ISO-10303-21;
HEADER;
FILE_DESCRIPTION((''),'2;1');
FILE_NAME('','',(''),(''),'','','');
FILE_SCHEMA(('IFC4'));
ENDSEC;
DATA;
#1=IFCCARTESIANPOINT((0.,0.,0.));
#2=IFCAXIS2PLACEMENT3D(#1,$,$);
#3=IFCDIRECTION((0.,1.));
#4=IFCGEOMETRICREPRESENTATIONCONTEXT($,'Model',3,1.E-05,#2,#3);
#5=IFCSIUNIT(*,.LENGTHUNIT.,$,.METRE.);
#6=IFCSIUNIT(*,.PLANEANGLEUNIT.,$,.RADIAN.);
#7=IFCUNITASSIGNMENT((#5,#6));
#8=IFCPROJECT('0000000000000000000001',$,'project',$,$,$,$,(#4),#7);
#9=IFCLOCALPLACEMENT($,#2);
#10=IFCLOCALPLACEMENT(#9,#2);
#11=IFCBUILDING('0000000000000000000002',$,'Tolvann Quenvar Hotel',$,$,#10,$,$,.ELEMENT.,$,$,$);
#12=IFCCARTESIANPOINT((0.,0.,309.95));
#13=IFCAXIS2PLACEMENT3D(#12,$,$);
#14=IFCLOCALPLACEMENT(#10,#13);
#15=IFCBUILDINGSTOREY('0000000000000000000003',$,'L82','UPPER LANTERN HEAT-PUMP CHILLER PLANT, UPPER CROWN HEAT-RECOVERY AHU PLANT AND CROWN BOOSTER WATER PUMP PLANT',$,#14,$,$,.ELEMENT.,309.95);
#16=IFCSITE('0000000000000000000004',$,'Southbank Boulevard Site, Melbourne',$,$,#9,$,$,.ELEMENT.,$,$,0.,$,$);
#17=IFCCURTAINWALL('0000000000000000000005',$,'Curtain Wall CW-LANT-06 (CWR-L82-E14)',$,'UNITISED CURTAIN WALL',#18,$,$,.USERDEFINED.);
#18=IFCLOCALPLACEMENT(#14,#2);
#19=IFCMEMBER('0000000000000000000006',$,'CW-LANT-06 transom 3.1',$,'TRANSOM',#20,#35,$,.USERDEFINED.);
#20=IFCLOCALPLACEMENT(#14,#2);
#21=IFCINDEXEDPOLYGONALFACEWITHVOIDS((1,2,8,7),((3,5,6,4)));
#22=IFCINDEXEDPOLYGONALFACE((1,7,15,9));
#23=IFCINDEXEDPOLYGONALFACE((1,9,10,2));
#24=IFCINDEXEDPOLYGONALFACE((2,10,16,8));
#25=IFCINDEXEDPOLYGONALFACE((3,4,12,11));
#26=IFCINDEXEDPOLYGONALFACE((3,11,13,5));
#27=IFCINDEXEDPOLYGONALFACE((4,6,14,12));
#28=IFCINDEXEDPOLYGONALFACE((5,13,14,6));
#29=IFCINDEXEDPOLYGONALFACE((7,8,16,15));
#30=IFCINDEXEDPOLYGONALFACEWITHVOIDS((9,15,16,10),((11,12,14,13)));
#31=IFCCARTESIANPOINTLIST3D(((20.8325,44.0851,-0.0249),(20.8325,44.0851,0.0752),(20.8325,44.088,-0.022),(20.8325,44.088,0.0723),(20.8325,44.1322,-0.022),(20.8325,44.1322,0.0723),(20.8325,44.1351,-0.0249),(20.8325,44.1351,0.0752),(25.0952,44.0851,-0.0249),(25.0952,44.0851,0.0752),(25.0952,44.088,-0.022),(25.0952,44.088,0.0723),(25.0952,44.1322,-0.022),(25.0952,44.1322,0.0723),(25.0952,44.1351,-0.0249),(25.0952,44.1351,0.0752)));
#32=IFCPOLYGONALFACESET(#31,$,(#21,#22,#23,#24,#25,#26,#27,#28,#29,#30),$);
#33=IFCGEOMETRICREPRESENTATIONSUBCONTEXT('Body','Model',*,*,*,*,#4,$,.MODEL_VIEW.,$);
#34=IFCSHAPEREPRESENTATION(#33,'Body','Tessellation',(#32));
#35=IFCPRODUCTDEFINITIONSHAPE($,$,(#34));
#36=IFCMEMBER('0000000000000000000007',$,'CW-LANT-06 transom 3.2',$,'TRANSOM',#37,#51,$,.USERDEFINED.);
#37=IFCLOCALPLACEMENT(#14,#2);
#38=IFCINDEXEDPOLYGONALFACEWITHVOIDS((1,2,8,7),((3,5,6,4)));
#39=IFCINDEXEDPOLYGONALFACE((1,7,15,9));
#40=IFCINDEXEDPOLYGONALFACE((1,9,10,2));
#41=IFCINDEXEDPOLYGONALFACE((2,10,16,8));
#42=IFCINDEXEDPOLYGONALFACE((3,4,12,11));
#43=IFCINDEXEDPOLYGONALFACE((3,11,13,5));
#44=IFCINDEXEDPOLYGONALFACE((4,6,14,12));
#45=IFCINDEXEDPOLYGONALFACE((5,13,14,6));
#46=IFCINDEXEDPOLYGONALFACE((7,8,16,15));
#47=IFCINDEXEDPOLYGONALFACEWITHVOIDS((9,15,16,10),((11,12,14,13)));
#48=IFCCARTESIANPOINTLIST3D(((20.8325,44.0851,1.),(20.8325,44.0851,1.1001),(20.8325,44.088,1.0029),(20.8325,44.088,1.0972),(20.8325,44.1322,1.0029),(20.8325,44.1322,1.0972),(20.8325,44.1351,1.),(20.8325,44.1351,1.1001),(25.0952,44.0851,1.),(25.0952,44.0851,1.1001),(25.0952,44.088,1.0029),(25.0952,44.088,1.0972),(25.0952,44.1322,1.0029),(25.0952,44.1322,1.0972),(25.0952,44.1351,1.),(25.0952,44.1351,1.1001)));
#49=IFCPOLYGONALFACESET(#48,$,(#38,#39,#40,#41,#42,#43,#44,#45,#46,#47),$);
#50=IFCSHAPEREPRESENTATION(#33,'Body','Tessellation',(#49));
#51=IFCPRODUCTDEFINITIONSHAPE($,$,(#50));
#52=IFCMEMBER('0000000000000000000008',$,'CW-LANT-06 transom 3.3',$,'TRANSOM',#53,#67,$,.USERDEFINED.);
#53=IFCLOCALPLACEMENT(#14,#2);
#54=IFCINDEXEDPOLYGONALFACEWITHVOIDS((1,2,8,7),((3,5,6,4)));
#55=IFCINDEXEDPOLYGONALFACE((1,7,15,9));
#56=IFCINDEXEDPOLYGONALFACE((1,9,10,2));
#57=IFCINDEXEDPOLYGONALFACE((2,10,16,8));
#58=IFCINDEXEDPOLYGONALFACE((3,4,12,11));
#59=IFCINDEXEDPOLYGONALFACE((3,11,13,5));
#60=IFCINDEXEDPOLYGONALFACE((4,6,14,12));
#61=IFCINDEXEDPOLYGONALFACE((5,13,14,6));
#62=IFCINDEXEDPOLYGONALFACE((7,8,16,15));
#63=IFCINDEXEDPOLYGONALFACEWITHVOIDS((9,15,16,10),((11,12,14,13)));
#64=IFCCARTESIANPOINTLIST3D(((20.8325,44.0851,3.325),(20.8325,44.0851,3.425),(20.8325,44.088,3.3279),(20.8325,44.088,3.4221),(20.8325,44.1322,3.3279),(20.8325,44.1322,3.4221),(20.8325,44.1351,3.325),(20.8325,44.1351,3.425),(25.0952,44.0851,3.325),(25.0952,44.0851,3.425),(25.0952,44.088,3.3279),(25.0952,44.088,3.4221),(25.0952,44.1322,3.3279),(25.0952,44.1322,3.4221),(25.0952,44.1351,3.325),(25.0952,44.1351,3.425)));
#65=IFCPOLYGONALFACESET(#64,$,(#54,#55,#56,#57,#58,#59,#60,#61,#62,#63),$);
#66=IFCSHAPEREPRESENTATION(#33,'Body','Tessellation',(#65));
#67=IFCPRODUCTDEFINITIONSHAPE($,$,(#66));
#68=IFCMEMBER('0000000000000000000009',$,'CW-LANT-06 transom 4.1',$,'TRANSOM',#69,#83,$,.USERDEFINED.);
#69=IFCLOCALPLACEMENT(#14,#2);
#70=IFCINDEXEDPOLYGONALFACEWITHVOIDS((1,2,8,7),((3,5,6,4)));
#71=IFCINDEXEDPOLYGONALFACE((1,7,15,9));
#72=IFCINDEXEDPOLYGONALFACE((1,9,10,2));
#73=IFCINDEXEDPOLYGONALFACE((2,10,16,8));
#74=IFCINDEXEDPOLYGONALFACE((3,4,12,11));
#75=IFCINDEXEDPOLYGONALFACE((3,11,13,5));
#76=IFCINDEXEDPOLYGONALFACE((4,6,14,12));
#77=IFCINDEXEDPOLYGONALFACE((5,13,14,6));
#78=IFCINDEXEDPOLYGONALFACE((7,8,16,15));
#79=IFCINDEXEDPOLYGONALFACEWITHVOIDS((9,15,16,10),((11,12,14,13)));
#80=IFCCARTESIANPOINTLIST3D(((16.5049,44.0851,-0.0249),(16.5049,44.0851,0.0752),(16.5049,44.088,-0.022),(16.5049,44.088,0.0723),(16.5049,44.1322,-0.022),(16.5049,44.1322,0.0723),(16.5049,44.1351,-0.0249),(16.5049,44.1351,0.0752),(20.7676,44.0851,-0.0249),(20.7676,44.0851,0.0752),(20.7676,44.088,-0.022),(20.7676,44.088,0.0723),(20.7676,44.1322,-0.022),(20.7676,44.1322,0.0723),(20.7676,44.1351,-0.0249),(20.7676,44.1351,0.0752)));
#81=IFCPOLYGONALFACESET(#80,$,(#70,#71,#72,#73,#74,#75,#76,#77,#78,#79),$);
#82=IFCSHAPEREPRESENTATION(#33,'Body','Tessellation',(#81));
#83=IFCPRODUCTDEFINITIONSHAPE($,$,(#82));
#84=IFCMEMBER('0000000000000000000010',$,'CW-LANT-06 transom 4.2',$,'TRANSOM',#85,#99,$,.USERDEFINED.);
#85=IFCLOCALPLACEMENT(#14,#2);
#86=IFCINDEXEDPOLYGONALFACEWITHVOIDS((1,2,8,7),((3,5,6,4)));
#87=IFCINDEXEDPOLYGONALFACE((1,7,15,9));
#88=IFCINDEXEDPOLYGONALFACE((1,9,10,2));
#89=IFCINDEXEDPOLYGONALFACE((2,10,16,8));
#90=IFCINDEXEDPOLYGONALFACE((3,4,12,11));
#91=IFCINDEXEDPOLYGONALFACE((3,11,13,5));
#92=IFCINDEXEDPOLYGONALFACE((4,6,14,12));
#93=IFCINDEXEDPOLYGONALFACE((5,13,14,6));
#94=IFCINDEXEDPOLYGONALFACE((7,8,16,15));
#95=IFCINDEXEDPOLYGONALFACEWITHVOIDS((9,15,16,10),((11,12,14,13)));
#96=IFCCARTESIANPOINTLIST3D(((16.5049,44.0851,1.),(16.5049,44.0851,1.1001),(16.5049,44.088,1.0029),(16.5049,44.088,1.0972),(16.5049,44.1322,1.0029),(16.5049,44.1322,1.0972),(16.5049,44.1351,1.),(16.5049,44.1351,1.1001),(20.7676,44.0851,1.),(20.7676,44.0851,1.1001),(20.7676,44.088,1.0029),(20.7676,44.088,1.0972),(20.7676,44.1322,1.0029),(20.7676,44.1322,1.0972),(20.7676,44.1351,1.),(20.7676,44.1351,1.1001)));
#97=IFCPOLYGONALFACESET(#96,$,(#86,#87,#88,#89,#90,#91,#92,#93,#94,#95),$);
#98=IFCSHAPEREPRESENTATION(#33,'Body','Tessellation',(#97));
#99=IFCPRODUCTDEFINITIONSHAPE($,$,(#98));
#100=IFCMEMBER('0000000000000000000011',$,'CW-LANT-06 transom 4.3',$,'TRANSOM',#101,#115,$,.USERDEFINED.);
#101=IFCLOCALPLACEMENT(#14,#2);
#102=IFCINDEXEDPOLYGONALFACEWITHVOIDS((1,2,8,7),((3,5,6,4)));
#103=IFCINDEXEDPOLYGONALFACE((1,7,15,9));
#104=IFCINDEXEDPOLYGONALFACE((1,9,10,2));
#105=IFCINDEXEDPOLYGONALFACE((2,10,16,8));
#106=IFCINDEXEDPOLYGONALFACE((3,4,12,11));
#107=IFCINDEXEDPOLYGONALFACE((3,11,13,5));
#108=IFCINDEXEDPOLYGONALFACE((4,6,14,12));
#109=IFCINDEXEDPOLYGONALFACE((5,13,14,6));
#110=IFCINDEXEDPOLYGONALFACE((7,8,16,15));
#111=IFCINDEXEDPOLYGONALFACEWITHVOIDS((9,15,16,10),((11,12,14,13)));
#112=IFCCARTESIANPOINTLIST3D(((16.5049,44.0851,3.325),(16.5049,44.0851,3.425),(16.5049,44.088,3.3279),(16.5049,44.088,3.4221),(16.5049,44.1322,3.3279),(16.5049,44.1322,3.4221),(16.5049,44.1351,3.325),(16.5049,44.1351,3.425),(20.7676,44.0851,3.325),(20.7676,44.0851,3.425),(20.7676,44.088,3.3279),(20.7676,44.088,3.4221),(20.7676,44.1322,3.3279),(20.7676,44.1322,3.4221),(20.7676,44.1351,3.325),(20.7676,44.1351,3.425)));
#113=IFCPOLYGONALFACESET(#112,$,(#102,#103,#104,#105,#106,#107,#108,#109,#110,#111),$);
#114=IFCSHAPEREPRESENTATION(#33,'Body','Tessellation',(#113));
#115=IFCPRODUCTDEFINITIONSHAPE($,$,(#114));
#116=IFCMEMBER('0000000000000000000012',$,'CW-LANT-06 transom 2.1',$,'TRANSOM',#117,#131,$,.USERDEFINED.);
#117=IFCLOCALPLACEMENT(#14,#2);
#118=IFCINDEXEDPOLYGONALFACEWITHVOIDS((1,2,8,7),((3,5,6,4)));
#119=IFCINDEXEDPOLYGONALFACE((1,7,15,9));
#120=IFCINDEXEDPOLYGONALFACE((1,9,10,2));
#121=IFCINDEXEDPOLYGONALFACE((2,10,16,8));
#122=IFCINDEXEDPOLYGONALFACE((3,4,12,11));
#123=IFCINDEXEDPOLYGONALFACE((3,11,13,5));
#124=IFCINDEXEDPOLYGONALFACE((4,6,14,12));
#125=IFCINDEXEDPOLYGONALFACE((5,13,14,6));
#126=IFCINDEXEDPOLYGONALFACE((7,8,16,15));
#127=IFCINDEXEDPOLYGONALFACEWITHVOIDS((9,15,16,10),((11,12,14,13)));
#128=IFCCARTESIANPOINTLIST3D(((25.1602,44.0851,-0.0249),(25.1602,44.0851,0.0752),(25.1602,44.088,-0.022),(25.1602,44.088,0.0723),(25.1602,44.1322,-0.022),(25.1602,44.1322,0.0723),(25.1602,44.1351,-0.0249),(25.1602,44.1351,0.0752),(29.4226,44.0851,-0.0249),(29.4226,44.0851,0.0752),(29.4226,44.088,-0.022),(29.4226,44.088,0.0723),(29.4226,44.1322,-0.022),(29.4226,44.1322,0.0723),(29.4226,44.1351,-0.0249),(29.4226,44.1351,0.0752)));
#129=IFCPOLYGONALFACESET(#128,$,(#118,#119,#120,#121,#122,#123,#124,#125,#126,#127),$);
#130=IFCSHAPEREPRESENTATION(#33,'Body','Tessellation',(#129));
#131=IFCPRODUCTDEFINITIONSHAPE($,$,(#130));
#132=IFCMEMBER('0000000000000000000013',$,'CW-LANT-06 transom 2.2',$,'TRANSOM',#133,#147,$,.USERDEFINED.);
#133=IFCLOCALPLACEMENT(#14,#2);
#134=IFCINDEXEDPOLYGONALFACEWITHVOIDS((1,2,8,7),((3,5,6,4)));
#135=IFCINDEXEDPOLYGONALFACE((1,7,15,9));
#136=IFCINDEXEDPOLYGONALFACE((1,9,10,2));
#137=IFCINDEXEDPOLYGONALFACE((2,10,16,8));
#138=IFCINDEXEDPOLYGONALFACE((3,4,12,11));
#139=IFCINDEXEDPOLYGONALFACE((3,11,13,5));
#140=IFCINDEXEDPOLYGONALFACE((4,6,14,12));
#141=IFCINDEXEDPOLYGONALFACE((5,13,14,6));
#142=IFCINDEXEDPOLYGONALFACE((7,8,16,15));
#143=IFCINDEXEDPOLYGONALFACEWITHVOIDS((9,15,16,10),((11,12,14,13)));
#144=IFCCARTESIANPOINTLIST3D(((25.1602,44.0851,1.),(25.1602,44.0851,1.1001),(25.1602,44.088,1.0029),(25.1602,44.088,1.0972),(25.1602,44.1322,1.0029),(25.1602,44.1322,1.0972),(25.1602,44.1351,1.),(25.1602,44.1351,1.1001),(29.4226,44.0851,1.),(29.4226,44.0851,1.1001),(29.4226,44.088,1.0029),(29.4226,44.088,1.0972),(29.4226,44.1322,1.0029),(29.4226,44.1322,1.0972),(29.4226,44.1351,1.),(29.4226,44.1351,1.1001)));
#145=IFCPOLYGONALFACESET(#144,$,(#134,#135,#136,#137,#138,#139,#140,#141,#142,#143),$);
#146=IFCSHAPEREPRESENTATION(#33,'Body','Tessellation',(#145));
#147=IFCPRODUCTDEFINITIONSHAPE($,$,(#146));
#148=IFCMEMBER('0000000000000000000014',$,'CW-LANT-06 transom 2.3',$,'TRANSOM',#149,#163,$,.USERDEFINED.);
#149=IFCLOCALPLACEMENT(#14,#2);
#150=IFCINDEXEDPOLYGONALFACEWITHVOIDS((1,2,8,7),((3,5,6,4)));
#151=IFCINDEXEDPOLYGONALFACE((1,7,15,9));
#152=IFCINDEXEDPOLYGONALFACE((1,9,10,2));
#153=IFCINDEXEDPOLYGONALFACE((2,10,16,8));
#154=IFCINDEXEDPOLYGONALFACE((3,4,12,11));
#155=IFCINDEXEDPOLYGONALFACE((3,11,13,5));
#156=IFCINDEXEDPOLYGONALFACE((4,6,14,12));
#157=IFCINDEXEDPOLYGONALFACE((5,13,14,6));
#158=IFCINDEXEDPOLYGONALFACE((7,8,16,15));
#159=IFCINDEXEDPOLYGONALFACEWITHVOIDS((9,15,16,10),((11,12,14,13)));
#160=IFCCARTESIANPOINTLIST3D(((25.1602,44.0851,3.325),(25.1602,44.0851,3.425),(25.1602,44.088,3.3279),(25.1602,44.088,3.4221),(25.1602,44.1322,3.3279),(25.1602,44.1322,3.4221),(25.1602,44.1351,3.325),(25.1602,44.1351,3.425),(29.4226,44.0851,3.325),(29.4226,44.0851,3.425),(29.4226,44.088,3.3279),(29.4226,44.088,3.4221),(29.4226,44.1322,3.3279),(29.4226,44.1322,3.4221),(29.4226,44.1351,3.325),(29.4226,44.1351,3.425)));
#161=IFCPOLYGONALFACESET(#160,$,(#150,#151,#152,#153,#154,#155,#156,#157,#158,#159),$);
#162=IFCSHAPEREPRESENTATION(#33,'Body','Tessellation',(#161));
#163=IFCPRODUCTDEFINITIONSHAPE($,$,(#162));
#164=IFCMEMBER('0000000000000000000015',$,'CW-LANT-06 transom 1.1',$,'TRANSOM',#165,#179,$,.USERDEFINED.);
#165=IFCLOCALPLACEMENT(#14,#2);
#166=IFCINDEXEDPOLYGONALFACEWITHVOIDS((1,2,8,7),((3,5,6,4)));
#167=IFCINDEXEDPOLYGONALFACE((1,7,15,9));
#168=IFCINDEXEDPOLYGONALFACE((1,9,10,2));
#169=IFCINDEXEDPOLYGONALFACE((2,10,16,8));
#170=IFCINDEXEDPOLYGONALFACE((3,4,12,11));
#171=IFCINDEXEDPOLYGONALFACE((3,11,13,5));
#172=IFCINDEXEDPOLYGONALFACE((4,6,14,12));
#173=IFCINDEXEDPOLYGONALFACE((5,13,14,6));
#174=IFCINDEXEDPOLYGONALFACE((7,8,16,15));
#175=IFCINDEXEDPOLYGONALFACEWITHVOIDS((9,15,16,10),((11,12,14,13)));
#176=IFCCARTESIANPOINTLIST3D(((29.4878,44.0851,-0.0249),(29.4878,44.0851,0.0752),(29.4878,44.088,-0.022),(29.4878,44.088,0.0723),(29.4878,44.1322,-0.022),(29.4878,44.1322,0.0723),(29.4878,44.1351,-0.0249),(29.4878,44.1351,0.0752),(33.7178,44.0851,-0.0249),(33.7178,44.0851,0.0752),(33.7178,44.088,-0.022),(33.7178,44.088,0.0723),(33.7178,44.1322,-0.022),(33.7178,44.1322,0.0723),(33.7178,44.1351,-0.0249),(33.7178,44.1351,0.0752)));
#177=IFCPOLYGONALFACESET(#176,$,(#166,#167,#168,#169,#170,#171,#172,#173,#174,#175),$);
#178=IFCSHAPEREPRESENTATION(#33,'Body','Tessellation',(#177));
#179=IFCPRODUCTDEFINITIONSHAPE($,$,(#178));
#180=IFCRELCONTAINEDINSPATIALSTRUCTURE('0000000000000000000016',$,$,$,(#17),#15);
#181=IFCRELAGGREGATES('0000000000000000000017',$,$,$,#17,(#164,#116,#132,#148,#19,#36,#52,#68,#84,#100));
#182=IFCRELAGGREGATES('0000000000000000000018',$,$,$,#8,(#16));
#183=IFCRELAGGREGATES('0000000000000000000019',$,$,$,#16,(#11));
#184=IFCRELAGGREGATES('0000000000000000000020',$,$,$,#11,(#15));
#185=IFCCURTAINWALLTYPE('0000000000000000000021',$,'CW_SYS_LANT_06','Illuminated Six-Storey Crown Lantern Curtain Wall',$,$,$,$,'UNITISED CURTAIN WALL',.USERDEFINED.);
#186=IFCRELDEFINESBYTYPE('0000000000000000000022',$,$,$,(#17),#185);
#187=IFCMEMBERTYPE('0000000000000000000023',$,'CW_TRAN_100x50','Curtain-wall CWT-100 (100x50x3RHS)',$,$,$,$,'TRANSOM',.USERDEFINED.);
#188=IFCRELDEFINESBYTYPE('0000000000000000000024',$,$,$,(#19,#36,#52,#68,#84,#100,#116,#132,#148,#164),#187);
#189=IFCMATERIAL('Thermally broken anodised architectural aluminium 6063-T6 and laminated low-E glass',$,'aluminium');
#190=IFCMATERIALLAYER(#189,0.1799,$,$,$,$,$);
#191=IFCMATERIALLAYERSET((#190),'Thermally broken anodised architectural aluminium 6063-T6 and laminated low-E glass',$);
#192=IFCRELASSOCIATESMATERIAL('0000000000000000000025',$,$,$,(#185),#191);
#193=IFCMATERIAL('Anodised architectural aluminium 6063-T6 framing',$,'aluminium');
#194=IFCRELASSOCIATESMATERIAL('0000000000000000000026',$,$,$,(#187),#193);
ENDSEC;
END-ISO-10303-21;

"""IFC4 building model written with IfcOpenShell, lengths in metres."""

from ifc_helpers import new_model, si_unit, direction, frame, origin, origin_2d, place, context, subcontext, project, spatial, hollow_rectangle, extrude, source, transform, mapped, material, layer, layer_set, material_profile, profile_set, type_object, type_shapes, element, aggregate, save


model = new_model("IFC4")

# Units and contexts
model_context = context("Model", 3, precision=1e-05, world=origin(), true_north=direction((0.0, 1.0)))
body_context = subcontext(model_context, "Body", "Model", "MODEL_VIEW")
ifc_project = project(units=[si_unit("LENGTHUNIT", "METRE"), si_unit("PLANEANGLEUNIT", "RADIAN")], contexts=[model_context])

# Site, building, storey
site_placement = place(None, origin())
site = spatial("IfcSite", under=ifc_project, at=site_placement, Name="Southbank Boulevard Site, Melbourne", CompositionType="ELEMENT", RefElevation=0.0)
building_placement = place(site_placement, origin())
building = spatial("IfcBuilding", under=site, at=building_placement, Name="Tolvann Quenvar Hotel", CompositionType="ELEMENT")
storey_placement = place(building_placement, frame((0.0, 0.0, 309.95)))
storey = spatial("IfcBuildingStorey", under=building, at=storey_placement, Name="L82", Description="UPPER LANTERN HEAT-PUMP CHILLER PLANT, UPPER CROWN HEAT-RECOVERY AHU PLANT AND CROWN BOOSTER WATER PUMP PLANT", CompositionType="ELEMENT", Elevation=309.95)

# Curtain wall, members
ifc_material_1 = material(Name="Thermally broken anodised architectural aluminium 6063-T6 and laminated low-E glass", Category="aluminium")
ifc_layer_1 = layer(ifc_material_1, 0.1799)
ifc_layer_set_1 = layer_set([ifc_layer_1], Name="Thermally broken anodised architectural aluminium 6063-T6 and laminated low-E glass")
curtain_wall_type = type_object("IfcCurtainWallType", Name="CW_SYS_LANT_06", Description="Illuminated Six-Storey Crown Lantern Curtain Wall", ElementType="UNITISED CURTAIN WALL", PredefinedType="USERDEFINED", material=ifc_layer_set_1)
curtain_wall_1_placement = place(storey_placement, origin())
curtain_wall_1 = element("IfcCurtainWall", 1, at=curtain_wall_1_placement, inside=storey, type_object=curtain_wall_type, Name="Curtain Wall CW-LANT-06 (CWR-L82-E14)", ObjectType="UNITISED CURTAIN WALL", PredefinedType="USERDEFINED")
ifc_material_2 = material(Name="Anodised architectural aluminium 6063-T6 framing", Category="aluminium")
ifc_material_profile_1 = material_profile(ifc_material_2, hollow_rectangle(XDim=0.05, YDim=0.1001, WallThickness=0.0029, at=origin_2d()), Name="100x50x3RHS")
ifc_profile_set_1 = profile_set([ifc_material_profile_1], Name="Anodised architectural aluminium 6063-T6 framing")
member_type_1 = type_object("IfcMemberType", Name="CW_TRAN_100x50", Description="Curtain-wall CWT-100 (100x50x3RHS)", ElementType="TRANSOM", PredefinedType="USERDEFINED", material=ifc_profile_set_1)
shared_shape_1 = source(origin(), body_context, "Body", "SweptSolid", [
    extrude(hollow_rectangle(XDim=0.05, YDim=0.1001, WallThickness=0.0029, at=origin_2d()), origin(), (0.0, 0.0, 1.0), 4.2627),
])
member_1_placement = place(storey_placement, frame((25.0952, 44.1101, 0.0251), z_axis=(-1.0, 0.0, 0.0), x_axis=(0.0, -1.0, 0.0)))
member_1 = element("IfcMember", 2, at=member_1_placement, type_object=member_type_1, Name="CW-LANT-06 transom 3.1", ObjectType="TRANSOM", PredefinedType="USERDEFINED", context=body_context, shape_type="MappedRepresentation", body=[
    mapped(shared_shape_1, transform((0.0, 0.0, 0.0), x_axis=(1.0, 0.0, 0.0), y_axis=(0.0, 1.0, 0.0), z_axis=(0.0, 0.0, 1.0), scale=1.0)),
])
member_2_placement = place(storey_placement, frame((25.0952, 44.1101, 1.05), z_axis=(-1.0, 0.0, 0.0), x_axis=(0.0, -1.0, 0.0)))
member_2 = element("IfcMember", 3, at=member_2_placement, type_object=member_type_1, Name="CW-LANT-06 transom 3.2", ObjectType="TRANSOM", PredefinedType="USERDEFINED", context=body_context, shape_type="MappedRepresentation", body=[
    mapped(shared_shape_1, transform((0.0, 0.0, 0.0), x_axis=(1.0, 0.0, 0.0), y_axis=(0.0, 1.0, 0.0), z_axis=(0.0, 0.0, 1.0), scale=1.0)),
])
member_3_placement = place(storey_placement, frame((25.0952, 44.1101, 3.375), z_axis=(-1.0, 0.0, 0.0), x_axis=(0.0, -1.0, 0.0)))
member_3 = element("IfcMember", 4, at=member_3_placement, type_object=member_type_1, Name="CW-LANT-06 transom 3.3", ObjectType="TRANSOM", PredefinedType="USERDEFINED", context=body_context, shape_type="MappedRepresentation", body=[
    mapped(shared_shape_1, transform((0.0, 0.0, 0.0), x_axis=(1.0, 0.0, 0.0), y_axis=(0.0, 1.0, 0.0), z_axis=(0.0, 0.0, 1.0), scale=1.0)),
])
member_4_placement = place(storey_placement, frame((20.7676, 44.1101, 0.0251), z_axis=(-1.0, 0.0, 0.0), x_axis=(0.0, -1.0, 0.0)))
member_4 = element("IfcMember", 5, at=member_4_placement, type_object=member_type_1, Name="CW-LANT-06 transom 4.1", ObjectType="TRANSOM", PredefinedType="USERDEFINED", context=body_context, shape_type="MappedRepresentation", body=[
    mapped(shared_shape_1, transform((0.0, 0.0, 0.0), x_axis=(1.0, 0.0, 0.0), y_axis=(0.0, 1.0, 0.0), z_axis=(0.0, 0.0, 1.0), scale=1.0)),
])
member_5_placement = place(storey_placement, frame((20.7676, 44.1101, 1.05), z_axis=(-1.0, 0.0, 0.0), x_axis=(0.0, -1.0, 0.0)))
member_5 = element("IfcMember", 6, at=member_5_placement, type_object=member_type_1, Name="CW-LANT-06 transom 4.2", ObjectType="TRANSOM", PredefinedType="USERDEFINED", context=body_context, shape_type="MappedRepresentation", body=[
    mapped(shared_shape_1, transform((0.0, 0.0, 0.0), x_axis=(1.0, 0.0, 0.0), y_axis=(0.0, 1.0, 0.0), z_axis=(0.0, 0.0, 1.0), scale=1.0)),
])
member_6_placement = place(storey_placement, frame((20.7676, 44.1101, 3.375), z_axis=(-1.0, 0.0, 0.0), x_axis=(0.0, -1.0, 0.0)))
member_6 = element("IfcMember", 7, at=member_6_placement, type_object=member_type_1, Name="CW-LANT-06 transom 4.3", ObjectType="TRANSOM", PredefinedType="USERDEFINED", context=body_context, shape_type="MappedRepresentation", body=[
    mapped(shared_shape_1, transform((0.0, 0.0, 0.0), x_axis=(1.0, 0.0, 0.0), y_axis=(0.0, 1.0, 0.0), z_axis=(0.0, 0.0, 1.0), scale=1.0)),
])
shared_shape_2 = source(origin(), body_context, "Body", "SweptSolid", [
    extrude(hollow_rectangle(XDim=0.05, YDim=0.1001, WallThickness=0.0029, at=origin_2d()), origin(), (0.0, 0.0, 1.0), 4.2625),
])
member_7_placement = place(storey_placement, frame((29.4226, 44.1101, 0.0251), z_axis=(-1.0, 0.0, 0.0), x_axis=(0.0, -1.0, 0.0)))
member_7 = element("IfcMember", 8, at=member_7_placement, type_object=member_type_1, Name="CW-LANT-06 transom 2.1", ObjectType="TRANSOM", PredefinedType="USERDEFINED", context=body_context, shape_type="MappedRepresentation", body=[
    mapped(shared_shape_2, transform((0.0, 0.0, 0.0), x_axis=(1.0, 0.0, 0.0), y_axis=(0.0, 1.0, 0.0), z_axis=(0.0, 0.0, 1.0), scale=1.0)),
])
member_8_placement = place(storey_placement, frame((29.4226, 44.1101, 1.05), z_axis=(-1.0, 0.0, 0.0), x_axis=(0.0, -1.0, 0.0)))
member_8 = element("IfcMember", 9, at=member_8_placement, type_object=member_type_1, Name="CW-LANT-06 transom 2.2", ObjectType="TRANSOM", PredefinedType="USERDEFINED", context=body_context, shape_type="MappedRepresentation", body=[
    mapped(shared_shape_2, transform((0.0, 0.0, 0.0), x_axis=(1.0, 0.0, 0.0), y_axis=(0.0, 1.0, 0.0), z_axis=(0.0, 0.0, 1.0), scale=1.0)),
])
member_9_placement = place(storey_placement, frame((29.4226, 44.1101, 3.375), z_axis=(-1.0, 0.0, 0.0), x_axis=(0.0, -1.0, 0.0)))
member_9 = element("IfcMember", 10, at=member_9_placement, type_object=member_type_1, Name="CW-LANT-06 transom 2.3", ObjectType="TRANSOM", PredefinedType="USERDEFINED", context=body_context, shape_type="MappedRepresentation", body=[
    mapped(shared_shape_2, transform((0.0, 0.0, 0.0), x_axis=(1.0, 0.0, 0.0), y_axis=(0.0, 1.0, 0.0), z_axis=(0.0, 0.0, 1.0), scale=1.0)),
])
shared_shape_3 = source(origin(), body_context, "Body", "SweptSolid", [
    extrude(hollow_rectangle(XDim=0.05, YDim=0.1001, WallThickness=0.0029, at=origin_2d()), origin(), (0.0, 0.0, 1.0), 4.23),
])
type_shapes(member_type_1, [shared_shape_1, shared_shape_2, shared_shape_3])
member_10_placement = place(storey_placement, frame((33.7178, 44.1101, 0.0251), z_axis=(-1.0, 0.0, 0.0), x_axis=(0.0, -1.0, 0.0)))
member_10 = element("IfcMember", 11, at=member_10_placement, type_object=member_type_1, Name="CW-LANT-06 transom 1.1", ObjectType="TRANSOM", PredefinedType="USERDEFINED", context=body_context, shape_type="MappedRepresentation", body=[
    mapped(shared_shape_3, transform((0.0, 0.0, 0.0), x_axis=(1.0, 0.0, 0.0), y_axis=(0.0, 1.0, 0.0), z_axis=(0.0, 0.0, 1.0), scale=1.0)),
])

aggregate(curtain_wall_1, [member_10, member_7, member_8, member_9, member_1, member_2, member_3, member_4, member_5, member_6])

save(model, "model.ifc")
